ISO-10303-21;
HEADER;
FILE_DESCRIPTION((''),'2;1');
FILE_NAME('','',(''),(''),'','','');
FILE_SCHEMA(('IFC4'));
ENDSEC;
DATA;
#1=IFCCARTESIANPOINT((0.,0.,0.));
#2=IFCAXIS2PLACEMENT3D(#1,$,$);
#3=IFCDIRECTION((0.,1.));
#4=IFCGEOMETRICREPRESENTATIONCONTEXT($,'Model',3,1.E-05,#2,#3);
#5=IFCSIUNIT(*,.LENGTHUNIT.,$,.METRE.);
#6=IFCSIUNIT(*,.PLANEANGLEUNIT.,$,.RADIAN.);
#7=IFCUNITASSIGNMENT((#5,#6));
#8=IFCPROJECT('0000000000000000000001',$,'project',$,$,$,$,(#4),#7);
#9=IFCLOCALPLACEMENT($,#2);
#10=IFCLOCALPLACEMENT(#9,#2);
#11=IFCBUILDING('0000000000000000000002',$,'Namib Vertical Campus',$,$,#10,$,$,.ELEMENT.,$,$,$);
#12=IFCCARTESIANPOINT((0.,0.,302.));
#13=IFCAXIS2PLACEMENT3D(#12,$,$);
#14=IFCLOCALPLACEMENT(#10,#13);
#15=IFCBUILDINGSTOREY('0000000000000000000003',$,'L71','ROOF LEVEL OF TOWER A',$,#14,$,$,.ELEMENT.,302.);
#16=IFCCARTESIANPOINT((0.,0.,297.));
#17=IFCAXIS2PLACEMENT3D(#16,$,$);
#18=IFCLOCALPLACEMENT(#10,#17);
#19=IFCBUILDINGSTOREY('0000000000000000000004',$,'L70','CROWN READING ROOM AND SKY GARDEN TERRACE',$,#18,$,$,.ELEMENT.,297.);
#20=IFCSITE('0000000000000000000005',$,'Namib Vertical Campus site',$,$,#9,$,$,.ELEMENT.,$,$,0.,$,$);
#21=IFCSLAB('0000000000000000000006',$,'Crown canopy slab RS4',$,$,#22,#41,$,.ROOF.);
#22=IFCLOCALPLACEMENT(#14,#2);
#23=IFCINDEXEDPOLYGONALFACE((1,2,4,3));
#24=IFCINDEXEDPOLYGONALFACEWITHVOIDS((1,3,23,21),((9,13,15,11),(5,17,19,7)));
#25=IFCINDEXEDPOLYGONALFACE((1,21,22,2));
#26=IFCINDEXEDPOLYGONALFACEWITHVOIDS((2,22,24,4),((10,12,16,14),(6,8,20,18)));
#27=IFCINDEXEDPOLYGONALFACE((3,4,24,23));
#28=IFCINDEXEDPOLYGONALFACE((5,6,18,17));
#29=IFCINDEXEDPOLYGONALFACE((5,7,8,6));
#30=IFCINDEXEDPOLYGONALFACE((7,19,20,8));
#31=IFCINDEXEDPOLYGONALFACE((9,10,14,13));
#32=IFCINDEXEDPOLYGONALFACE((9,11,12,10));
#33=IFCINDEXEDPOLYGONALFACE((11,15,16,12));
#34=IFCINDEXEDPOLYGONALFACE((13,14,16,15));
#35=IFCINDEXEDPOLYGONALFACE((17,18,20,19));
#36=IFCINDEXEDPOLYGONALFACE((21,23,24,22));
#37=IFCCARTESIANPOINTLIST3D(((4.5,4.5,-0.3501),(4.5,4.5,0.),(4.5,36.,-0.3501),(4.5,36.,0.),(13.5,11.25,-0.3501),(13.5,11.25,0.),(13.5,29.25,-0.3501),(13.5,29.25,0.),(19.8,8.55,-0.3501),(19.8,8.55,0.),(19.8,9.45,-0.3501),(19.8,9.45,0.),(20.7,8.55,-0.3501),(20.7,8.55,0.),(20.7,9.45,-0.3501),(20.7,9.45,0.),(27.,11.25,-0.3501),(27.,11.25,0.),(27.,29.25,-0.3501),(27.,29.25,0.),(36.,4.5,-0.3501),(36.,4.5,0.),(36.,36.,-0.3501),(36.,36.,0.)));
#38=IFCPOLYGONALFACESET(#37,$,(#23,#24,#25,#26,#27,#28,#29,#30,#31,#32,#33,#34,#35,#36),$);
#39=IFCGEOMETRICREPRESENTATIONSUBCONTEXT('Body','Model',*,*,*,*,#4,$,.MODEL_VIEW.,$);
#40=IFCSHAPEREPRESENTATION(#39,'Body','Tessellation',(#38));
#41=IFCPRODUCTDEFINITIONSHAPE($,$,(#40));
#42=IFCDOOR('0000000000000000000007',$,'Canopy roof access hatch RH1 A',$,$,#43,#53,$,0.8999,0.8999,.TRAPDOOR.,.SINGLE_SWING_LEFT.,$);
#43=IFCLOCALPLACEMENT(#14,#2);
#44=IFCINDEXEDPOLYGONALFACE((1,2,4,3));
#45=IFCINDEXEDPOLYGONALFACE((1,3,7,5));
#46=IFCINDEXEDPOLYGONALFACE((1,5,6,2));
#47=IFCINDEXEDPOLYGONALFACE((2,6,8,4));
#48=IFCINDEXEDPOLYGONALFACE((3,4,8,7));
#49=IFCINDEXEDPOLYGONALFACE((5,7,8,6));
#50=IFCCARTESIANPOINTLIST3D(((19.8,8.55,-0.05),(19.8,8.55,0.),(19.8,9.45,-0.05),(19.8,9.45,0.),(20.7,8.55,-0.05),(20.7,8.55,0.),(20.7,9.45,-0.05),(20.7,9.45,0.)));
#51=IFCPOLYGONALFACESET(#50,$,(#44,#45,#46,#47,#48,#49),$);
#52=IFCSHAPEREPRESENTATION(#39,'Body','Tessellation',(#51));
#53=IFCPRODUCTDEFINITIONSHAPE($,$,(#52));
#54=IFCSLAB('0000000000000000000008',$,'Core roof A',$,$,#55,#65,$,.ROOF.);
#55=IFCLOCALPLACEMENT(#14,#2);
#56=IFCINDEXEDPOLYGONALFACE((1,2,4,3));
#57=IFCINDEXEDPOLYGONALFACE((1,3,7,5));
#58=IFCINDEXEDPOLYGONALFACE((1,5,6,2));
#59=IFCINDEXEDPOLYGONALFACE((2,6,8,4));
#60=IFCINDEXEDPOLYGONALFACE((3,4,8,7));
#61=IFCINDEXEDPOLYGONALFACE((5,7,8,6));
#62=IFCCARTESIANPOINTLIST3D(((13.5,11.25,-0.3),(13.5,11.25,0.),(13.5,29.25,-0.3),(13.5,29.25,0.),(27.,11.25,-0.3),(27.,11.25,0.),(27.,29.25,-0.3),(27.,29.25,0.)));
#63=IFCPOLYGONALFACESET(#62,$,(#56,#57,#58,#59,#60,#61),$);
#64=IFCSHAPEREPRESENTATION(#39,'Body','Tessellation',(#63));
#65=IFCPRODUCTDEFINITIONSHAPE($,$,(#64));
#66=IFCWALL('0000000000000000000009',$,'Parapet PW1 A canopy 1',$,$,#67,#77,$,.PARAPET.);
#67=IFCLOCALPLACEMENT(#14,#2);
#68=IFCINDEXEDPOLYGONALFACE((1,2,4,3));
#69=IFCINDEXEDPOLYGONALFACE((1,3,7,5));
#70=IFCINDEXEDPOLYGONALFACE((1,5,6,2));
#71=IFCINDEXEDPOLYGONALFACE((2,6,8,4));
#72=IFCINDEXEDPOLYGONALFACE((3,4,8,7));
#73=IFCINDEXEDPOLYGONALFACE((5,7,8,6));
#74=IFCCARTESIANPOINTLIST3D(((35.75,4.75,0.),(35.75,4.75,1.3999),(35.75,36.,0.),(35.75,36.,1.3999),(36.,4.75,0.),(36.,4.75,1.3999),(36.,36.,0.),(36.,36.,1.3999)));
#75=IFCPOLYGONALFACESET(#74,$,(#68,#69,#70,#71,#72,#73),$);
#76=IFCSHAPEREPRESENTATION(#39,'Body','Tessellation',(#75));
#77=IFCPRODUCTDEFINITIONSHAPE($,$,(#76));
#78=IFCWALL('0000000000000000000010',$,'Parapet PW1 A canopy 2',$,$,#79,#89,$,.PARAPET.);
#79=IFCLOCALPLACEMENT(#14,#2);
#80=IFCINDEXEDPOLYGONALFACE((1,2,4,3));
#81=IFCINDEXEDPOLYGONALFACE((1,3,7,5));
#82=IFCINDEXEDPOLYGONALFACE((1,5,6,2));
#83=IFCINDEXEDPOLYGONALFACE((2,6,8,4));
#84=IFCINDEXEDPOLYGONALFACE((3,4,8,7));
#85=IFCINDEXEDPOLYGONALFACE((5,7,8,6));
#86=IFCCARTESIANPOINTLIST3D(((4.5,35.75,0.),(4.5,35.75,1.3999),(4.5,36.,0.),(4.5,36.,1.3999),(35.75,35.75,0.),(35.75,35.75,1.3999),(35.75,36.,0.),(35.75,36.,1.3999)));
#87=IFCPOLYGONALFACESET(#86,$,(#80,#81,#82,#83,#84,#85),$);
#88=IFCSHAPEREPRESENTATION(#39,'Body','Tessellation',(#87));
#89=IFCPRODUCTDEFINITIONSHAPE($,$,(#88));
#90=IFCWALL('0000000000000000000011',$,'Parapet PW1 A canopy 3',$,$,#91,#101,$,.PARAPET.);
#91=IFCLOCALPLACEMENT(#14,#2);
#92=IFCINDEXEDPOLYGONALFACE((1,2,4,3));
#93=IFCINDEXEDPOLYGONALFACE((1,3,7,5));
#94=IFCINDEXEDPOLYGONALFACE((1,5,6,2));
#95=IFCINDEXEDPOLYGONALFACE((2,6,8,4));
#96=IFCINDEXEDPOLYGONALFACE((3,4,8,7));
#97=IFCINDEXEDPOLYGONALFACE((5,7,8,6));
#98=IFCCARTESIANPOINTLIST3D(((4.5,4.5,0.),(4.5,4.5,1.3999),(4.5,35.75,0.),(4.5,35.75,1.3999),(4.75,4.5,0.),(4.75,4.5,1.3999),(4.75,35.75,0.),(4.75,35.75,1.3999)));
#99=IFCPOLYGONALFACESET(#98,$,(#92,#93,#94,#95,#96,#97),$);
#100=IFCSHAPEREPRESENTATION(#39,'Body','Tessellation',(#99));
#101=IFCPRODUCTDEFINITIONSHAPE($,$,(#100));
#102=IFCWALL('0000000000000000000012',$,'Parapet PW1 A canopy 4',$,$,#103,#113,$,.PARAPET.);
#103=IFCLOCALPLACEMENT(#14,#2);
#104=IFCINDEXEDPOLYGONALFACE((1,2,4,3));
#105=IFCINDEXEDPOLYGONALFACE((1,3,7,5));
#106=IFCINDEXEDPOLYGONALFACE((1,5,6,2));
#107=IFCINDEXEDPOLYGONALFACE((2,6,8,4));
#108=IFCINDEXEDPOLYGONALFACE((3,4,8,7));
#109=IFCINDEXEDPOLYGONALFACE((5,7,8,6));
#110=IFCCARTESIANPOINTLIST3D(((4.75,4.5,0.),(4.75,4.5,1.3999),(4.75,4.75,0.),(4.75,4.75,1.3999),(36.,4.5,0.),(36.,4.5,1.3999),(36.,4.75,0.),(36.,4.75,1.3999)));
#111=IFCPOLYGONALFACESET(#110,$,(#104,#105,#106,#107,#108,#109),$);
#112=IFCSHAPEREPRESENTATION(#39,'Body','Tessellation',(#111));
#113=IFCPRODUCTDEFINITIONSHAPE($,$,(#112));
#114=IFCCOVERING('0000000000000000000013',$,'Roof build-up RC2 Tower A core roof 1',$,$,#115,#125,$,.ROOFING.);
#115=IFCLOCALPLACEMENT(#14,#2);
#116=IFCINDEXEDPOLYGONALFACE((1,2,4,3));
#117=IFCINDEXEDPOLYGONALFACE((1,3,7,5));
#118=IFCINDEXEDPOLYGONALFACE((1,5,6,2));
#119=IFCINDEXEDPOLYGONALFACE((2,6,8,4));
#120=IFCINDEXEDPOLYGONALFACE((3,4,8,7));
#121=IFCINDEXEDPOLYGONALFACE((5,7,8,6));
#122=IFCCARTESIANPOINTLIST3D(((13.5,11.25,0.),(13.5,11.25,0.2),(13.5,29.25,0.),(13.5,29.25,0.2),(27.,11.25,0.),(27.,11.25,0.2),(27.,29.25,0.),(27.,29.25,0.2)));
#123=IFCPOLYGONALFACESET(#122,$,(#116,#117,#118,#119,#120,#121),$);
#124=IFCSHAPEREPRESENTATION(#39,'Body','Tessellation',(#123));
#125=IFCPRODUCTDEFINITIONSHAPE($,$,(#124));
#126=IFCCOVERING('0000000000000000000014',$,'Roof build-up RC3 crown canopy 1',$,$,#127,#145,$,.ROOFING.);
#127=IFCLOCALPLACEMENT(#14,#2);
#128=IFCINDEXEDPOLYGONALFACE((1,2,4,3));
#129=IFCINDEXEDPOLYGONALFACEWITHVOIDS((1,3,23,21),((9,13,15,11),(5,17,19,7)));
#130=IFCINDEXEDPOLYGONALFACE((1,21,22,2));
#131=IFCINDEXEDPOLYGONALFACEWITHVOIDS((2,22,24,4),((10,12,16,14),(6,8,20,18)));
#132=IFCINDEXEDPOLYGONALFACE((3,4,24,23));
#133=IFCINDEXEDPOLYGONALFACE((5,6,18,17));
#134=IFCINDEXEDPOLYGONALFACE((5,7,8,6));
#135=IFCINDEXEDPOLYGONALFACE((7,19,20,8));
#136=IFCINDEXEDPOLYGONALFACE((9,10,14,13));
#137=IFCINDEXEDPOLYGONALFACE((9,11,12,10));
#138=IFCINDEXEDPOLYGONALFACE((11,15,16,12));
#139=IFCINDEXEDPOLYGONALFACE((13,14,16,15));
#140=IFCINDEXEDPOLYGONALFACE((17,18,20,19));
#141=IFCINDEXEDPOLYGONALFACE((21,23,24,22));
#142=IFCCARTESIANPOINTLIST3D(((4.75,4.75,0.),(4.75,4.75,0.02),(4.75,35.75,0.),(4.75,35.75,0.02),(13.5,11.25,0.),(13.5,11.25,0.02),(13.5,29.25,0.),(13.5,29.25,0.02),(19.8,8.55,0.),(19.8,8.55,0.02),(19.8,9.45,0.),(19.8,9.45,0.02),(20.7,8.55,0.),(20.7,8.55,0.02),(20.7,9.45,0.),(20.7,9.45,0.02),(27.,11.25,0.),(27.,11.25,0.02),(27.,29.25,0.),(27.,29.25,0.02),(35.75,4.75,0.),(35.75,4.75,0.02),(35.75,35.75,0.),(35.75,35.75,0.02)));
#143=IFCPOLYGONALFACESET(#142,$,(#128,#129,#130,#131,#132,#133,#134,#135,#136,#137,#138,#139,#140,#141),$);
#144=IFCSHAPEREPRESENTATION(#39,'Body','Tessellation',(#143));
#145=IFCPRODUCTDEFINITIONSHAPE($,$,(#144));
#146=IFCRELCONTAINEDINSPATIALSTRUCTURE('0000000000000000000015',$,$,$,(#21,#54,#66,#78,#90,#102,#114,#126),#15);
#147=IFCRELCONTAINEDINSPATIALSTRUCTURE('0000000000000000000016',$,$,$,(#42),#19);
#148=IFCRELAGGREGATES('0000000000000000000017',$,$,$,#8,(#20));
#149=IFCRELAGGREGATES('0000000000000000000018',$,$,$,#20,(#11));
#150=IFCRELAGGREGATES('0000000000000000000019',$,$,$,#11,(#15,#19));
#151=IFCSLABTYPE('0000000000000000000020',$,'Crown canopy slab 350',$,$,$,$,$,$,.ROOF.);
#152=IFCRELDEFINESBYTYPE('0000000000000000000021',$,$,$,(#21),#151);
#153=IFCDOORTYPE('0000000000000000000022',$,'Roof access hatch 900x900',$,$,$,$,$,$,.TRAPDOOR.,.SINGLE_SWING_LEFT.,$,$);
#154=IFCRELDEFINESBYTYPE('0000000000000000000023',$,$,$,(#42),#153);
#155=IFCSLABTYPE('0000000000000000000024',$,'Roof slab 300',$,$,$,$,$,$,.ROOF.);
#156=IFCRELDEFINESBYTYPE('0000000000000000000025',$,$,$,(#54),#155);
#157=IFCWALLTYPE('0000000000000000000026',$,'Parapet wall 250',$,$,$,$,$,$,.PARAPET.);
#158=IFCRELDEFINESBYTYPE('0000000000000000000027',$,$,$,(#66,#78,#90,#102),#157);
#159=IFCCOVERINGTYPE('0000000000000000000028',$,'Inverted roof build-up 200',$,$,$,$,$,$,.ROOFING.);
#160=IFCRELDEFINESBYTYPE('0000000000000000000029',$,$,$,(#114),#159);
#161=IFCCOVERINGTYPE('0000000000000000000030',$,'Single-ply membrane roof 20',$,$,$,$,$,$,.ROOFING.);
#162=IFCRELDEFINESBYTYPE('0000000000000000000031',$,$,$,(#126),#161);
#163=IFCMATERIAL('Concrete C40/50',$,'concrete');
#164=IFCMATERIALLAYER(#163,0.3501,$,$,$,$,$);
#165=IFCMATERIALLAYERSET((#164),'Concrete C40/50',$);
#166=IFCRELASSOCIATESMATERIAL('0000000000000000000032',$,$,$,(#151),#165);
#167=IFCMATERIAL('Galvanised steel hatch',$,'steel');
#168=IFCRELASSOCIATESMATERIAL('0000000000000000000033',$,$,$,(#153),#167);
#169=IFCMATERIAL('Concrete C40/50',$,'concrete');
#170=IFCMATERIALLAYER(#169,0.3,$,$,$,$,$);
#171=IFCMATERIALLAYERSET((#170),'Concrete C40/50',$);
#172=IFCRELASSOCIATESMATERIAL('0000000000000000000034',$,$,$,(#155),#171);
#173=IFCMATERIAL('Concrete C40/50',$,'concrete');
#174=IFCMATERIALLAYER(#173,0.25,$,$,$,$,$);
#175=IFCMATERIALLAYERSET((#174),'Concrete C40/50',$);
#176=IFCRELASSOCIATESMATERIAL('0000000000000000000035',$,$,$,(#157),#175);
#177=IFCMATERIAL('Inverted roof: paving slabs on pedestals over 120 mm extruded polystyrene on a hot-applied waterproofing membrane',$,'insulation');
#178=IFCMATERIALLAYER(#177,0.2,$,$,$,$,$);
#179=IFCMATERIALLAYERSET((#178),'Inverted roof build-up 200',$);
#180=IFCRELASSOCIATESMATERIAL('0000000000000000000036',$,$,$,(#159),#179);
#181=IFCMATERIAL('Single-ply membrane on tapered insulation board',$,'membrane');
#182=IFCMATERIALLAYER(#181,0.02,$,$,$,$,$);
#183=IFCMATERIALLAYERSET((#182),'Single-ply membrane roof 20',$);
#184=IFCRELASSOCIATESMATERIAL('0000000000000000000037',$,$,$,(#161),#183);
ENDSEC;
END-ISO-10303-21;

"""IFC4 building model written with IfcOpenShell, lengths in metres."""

from ifc_helpers import new_model, si_unit, direction, frame, frame_2d, origin, origin_2d, place, context, subcontext, project, spatial, polyline, rectangle, outline, extrude, material, layer, layer_set, type_object, element, fill, save


model = new_model("IFC4")

# Units and contexts
model_context = context("Model", 3, precision=1e-05, world=origin(), true_north=direction((0.0, 1.0)))
body_context = subcontext(model_context, "Body", "Model", "MODEL_VIEW")
ifc_project = project(units=[si_unit("LENGTHUNIT", "METRE"), si_unit("PLANEANGLEUNIT", "RADIAN")], contexts=[model_context])

# Site, building, storey
site_placement = place(None, origin())
site = spatial("IfcSite", under=ifc_project, at=site_placement, Name="Namib Vertical Campus site", CompositionType="ELEMENT", RefElevation=0.0)
building_placement = place(site_placement, origin())
building = spatial("IfcBuilding", under=site, at=building_placement, Name="Namib Vertical Campus", CompositionType="ELEMENT")
storey_1_placement = place(building_placement, frame((0.0, 0.0, 302.0)))
storey_1 = spatial("IfcBuildingStorey", under=building, at=storey_1_placement, Name="L71", Description="ROOF LEVEL OF TOWER A", CompositionType="ELEMENT", Elevation=302.0)

# Slab, opening
ifc_material_1 = material(Name="Concrete C40/50", Category="concrete")
ifc_layer_1 = layer(ifc_material_1, 0.3501)
ifc_layer_set_1 = layer_set([ifc_layer_1], Name="Concrete C40/50")
slab_type_1 = type_object("IfcSlabType", Name="Crown canopy slab 350", PredefinedType="ROOF", material=ifc_layer_set_1)
slab_1_placement = place(storey_1_placement, frame((0.0, 0.0, -0.3501)))
slab_1 = element("IfcSlab", 1, at=slab_1_placement, inside=storey_1, type_object=slab_type_1, Name="Crown canopy slab RS4", PredefinedType="ROOF", context=body_context, shape_type="SweptSolid", body=[
    extrude(outline(polyline([(4.5, 4.5), (36.0, 4.5), (36.0, 36.0), (4.5, 36.0), (4.5, 4.5)]), holes=[polyline([(27.0, 29.25), (27.0, 11.25), (13.5, 11.25), (13.5, 29.25), (27.0, 29.25)])]), origin(), (0.0, 0.0, 1.0), 0.3501),
])
opening_placement = place(slab_1_placement, frame((20.25, 9.0, 0.0)))
opening = element("IfcOpeningElement", 2, at=opening_placement, cuts=slab_1, PredefinedType="OPENING", context=body_context, shape_type="SweptSolid", body=[
    extrude(rectangle(XDim=0.8999, YDim=0.8999, at=origin_2d()), origin(), (0.0, 0.0, 1.0), 0.3501),
])

# Shared definitions
storey_2_placement = place(building_placement, frame((0.0, 0.0, 297.0)))
storey_2 = spatial("IfcBuildingStorey", under=building, at=storey_2_placement, Name="L70", Description="CROWN READING ROOM AND SKY GARDEN TERRACE", CompositionType="ELEMENT", Elevation=297.0)

# Door
ifc_material_2 = material(Name="Galvanised steel hatch", Category="steel")
door_type = type_object("IfcDoorType", Name="Roof access hatch 900x900", OperationType="SINGLE_SWING_LEFT", PredefinedType="TRAPDOOR", material=ifc_material_2)
door_placement = place(opening_placement, frame((0.0, 0.0, 0.3)))
door = element("IfcDoor", 3, at=door_placement, inside=storey_2, type_object=door_type, Name="Canopy roof access hatch RH1 A", OperationType="SINGLE_SWING_LEFT", OverallHeight=0.8999, OverallWidth=0.8999, PredefinedType="TRAPDOOR", context=body_context, shape_type="SweptSolid", body=[
    extrude(rectangle(XDim=0.8999, YDim=0.8999, at=origin_2d()), origin(), (0.0, 0.0, 1.0), 0.05),
])
fill(opening, door)

# Slab
ifc_material_3 = material(Name="Concrete C40/50", Category="concrete")
ifc_layer_2 = layer(ifc_material_3, 0.3)
ifc_layer_set_2 = layer_set([ifc_layer_2], Name="Concrete C40/50")
slab_type_2 = type_object("IfcSlabType", Name="Roof slab 300", PredefinedType="ROOF", material=ifc_layer_set_2)
slab_2_placement = place(storey_1_placement, frame((0.0, 0.0, -0.3)))
element("IfcSlab", 4, at=slab_2_placement, inside=storey_1, type_object=slab_type_2, Name="Core roof A", PredefinedType="ROOF", context=body_context, shape_type="SweptSolid", body=[
    extrude(outline(polyline([(13.5, 11.25), (27.0, 11.25), (27.0, 29.25), (13.5, 29.25), (13.5, 11.25)])), origin(), (0.0, 0.0, 1.0), 0.3),
])

# Walls
ifc_material_4 = material(Name="Concrete C40/50", Category="concrete")
ifc_layer_3 = layer(ifc_material_4, 0.25)
ifc_layer_set_3 = layer_set([ifc_layer_3], Name="Concrete C40/50")
wall_type = type_object("IfcWallType", Name="Parapet wall 250", PredefinedType="PARAPET", material=ifc_layer_set_3)
for number, where, z_axis, x_axis, name in (
    (5, (35.875, 4.75, 0.0), (0.0, 0.0, 1.0), (0.0, 1.0, 0.0), "Parapet PW1 A canopy 1"),
    (6, (35.75, 35.875, 0.0), (0.0, 0.0, 1.0), (-1.0, 0.0, 0.0), "Parapet PW1 A canopy 2"),
    (7, (4.625, 35.75, 0.0), (0.0, 0.0, 1.0), (0.0, -1.0, 0.0), "Parapet PW1 A canopy 3"),
    (8, (4.75, 4.625, 0.0), (0.0, 0.0, 1.0), (1.0, 0.0, 0.0), "Parapet PW1 A canopy 4"),
):
    element("IfcWall", number, at=place(storey_1_placement, frame(where, z_axis=z_axis, x_axis=x_axis)), inside=storey_1, type_object=wall_type, Name=name, PredefinedType="PARAPET", context=body_context, shape_type="SweptSolid", body=[
        extrude(rectangle(XDim=31.25, YDim=0.25, at=frame_2d((15.625, 0.0))), origin(), (0.0, 0.0, 1.0), 1.3999),
    ])

# Coverings
ifc_material_5 = material(Name="Inverted roof: paving slabs on pedestals over 120 mm extruded polystyrene on a hot-applied waterproofing membrane", Category="insulation")
ifc_layer_4 = layer(ifc_material_5, 0.2)
ifc_layer_set_4 = layer_set([ifc_layer_4], Name="Inverted roof build-up 200")
covering_type_1 = type_object("IfcCoveringType", Name="Inverted roof build-up 200", PredefinedType="ROOFING", material=ifc_layer_set_4)
covering_1_placement = place(storey_1_placement, origin())
element("IfcCovering", 9, at=covering_1_placement, inside=storey_1, type_object=covering_type_1, Name="Roof build-up RC2 Tower A core roof 1", PredefinedType="ROOFING", context=body_context, shape_type="SweptSolid", body=[
    extrude(outline(polyline([(13.5, 29.25), (13.5, 11.25), (27.0, 11.25), (27.0, 29.25), (13.5, 29.25)])), origin(), (0.0, 0.0, 1.0), 0.2),
])
ifc_material_6 = material(Name="Single-ply membrane on tapered insulation board", Category="membrane")
ifc_layer_5 = layer(ifc_material_6, 0.02)
ifc_layer_set_5 = layer_set([ifc_layer_5], Name="Single-ply membrane roof 20")
covering_type_2 = type_object("IfcCoveringType", Name="Single-ply membrane roof 20", PredefinedType="ROOFING", material=ifc_layer_set_5)
covering_2_placement = place(storey_1_placement, origin())
element("IfcCovering", 10, at=covering_2_placement, inside=storey_1, type_object=covering_type_2, Name="Roof build-up RC3 crown canopy 1", PredefinedType="ROOFING", context=body_context, shape_type="SweptSolid", body=[
    extrude(outline(polyline([(4.75, 4.75), (35.75, 4.75), (35.75, 35.75), (4.75, 35.75), (4.75, 4.75)]), holes=[polyline([(13.5, 29.25), (27.0, 29.25), (27.0, 11.25), (13.5, 11.25), (13.5, 29.25)]), polyline([(19.8, 8.55), (19.8, 9.45), (20.7, 9.45), (20.7, 8.55), (19.8, 8.55)])]), origin(), (0.0, 0.0, 1.0), 0.02),
])

save(model, "model.ifc")
